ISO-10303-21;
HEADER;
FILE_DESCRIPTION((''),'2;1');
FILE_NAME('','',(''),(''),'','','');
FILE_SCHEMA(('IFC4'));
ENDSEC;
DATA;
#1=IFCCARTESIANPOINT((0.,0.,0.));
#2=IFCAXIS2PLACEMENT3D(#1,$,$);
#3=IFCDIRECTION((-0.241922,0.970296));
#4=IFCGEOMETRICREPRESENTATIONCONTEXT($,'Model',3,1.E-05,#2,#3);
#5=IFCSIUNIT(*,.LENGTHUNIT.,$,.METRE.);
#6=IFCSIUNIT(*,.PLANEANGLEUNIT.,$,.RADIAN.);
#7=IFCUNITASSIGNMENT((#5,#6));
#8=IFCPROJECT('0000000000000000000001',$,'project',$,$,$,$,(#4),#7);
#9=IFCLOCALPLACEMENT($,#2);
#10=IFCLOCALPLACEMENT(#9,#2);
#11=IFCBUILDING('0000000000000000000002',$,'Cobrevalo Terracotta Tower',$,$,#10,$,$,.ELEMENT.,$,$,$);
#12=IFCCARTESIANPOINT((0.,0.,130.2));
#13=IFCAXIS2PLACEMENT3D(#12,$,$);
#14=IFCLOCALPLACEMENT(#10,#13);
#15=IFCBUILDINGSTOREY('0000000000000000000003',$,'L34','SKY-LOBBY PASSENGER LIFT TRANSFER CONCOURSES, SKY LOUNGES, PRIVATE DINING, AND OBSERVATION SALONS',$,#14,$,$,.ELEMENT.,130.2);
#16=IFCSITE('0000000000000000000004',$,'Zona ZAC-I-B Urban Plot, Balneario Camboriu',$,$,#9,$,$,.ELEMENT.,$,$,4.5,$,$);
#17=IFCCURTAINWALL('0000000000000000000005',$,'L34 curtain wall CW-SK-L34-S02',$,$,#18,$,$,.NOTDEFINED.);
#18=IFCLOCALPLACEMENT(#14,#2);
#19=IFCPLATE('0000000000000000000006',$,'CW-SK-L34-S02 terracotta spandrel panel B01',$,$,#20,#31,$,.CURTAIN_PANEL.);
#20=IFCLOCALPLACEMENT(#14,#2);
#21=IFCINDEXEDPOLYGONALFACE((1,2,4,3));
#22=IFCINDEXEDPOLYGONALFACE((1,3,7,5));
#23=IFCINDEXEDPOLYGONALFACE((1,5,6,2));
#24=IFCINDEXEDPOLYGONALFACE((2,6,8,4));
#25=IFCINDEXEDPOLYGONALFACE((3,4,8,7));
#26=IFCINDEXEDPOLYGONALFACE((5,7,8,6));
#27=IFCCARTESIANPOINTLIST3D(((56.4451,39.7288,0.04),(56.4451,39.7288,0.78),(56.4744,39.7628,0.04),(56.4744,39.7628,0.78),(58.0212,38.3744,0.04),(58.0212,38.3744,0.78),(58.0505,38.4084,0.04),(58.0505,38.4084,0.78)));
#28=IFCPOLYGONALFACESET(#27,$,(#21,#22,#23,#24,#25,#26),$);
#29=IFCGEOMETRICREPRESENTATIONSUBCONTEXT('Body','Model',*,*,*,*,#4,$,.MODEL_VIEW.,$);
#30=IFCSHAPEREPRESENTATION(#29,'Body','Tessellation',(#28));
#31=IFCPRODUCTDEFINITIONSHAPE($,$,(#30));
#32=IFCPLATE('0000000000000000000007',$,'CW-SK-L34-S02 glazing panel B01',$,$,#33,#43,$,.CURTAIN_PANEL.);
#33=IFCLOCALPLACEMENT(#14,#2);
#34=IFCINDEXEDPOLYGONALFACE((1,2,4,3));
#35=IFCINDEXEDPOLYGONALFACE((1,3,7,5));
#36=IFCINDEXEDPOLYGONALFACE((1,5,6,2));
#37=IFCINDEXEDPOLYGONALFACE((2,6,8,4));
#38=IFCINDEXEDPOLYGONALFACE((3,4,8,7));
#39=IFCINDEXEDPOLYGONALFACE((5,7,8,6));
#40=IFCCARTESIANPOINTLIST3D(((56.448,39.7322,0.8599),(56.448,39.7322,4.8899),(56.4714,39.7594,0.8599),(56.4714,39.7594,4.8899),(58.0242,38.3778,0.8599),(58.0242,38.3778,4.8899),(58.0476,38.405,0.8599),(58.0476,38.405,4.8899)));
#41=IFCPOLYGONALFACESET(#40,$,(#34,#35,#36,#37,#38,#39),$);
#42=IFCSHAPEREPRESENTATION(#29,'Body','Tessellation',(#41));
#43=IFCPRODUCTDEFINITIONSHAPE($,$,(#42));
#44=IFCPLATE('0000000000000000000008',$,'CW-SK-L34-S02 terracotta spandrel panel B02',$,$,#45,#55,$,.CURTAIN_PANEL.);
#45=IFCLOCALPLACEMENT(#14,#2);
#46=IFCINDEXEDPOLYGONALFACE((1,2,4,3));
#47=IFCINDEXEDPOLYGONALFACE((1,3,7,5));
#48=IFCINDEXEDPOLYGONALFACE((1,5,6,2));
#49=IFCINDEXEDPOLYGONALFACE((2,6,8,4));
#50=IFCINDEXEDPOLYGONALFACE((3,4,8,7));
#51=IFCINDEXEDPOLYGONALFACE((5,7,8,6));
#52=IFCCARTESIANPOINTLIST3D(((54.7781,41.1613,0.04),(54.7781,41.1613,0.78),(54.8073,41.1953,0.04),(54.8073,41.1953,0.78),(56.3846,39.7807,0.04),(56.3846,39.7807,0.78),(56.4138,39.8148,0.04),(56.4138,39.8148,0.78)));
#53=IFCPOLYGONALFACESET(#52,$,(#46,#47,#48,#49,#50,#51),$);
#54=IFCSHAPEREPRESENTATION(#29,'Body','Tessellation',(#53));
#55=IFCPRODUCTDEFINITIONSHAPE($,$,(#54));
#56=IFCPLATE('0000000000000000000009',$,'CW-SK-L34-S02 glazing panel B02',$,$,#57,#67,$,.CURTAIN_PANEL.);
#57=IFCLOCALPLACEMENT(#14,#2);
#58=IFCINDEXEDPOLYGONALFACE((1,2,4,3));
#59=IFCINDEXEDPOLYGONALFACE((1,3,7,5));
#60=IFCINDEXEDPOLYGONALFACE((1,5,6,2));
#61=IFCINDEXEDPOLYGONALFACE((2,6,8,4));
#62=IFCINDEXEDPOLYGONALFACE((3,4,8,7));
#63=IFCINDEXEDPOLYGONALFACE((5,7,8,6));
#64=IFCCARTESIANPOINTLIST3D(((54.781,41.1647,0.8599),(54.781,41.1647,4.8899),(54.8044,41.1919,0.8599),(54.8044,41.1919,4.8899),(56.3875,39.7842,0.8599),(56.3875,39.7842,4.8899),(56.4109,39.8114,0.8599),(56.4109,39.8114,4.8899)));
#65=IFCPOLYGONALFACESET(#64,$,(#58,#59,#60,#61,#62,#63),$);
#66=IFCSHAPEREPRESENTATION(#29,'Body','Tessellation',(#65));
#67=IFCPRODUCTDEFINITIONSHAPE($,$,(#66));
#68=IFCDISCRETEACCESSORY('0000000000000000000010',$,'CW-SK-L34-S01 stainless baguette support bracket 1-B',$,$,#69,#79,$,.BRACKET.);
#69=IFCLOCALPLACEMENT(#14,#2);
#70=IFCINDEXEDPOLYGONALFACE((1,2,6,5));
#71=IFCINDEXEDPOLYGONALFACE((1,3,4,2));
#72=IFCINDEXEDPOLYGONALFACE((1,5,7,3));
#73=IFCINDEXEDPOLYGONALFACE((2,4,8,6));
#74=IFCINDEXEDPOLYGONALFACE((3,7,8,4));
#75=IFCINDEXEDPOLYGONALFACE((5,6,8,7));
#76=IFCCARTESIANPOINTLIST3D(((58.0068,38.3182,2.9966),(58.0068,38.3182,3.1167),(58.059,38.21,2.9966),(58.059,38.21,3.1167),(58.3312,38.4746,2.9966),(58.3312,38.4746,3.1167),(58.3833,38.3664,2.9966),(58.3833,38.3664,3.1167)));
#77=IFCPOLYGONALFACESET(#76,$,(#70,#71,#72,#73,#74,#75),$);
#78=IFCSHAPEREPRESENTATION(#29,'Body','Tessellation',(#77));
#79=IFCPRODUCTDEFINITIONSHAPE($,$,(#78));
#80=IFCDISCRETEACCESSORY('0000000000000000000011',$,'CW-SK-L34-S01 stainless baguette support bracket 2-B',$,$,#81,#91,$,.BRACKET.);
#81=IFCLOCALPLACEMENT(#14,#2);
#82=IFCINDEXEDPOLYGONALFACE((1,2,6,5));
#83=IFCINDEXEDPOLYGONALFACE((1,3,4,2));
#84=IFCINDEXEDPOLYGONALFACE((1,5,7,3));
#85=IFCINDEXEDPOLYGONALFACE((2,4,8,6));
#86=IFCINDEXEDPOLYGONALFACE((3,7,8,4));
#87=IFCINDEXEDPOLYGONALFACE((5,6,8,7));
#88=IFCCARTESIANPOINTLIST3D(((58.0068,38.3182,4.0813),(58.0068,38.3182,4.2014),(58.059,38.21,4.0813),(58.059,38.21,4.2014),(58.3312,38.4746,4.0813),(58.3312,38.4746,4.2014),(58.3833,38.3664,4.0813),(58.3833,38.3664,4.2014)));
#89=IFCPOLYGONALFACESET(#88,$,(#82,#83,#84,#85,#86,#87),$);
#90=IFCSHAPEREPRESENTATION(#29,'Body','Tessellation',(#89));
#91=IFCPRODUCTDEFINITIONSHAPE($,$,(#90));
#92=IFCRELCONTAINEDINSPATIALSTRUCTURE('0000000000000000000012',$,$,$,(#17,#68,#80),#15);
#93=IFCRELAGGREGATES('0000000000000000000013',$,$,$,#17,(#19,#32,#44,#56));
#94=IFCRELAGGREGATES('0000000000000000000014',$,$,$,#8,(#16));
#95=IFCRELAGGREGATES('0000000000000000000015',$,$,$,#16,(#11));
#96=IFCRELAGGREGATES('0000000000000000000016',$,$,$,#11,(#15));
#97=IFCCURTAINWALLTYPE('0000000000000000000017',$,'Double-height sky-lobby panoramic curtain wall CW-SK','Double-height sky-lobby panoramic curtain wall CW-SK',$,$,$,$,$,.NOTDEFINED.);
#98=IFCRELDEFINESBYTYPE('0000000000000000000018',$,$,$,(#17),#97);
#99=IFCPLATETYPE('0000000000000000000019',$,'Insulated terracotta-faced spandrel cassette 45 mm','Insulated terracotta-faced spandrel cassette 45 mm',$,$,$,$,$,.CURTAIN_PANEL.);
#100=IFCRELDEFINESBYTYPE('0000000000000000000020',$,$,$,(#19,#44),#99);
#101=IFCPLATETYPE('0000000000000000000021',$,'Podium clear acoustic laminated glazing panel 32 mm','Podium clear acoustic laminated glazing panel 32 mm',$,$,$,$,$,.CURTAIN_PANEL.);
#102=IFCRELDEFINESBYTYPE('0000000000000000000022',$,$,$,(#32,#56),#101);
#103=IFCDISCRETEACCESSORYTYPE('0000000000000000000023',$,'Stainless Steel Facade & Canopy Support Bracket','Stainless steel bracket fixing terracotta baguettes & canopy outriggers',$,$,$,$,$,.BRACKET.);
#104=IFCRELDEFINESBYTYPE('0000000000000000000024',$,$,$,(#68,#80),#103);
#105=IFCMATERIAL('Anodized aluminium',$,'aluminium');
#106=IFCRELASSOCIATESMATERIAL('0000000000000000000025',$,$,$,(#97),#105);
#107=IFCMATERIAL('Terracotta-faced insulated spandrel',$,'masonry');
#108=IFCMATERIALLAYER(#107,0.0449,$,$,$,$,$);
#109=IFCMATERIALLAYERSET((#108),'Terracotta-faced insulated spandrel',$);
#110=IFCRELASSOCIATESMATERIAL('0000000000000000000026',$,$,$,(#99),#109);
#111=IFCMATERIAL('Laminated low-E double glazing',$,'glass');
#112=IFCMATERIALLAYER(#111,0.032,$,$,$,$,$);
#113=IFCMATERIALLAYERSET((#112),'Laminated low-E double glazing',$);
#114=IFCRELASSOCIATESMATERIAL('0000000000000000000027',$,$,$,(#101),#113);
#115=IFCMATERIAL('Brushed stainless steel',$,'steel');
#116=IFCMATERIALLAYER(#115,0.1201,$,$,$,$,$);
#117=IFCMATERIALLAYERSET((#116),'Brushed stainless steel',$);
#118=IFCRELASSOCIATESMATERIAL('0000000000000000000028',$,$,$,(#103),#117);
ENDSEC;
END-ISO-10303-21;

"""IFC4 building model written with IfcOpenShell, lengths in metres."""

from ifc_helpers import new_model, si_unit, direction, frame, origin, origin_2d, place, context, subcontext, project, spatial, rectangle, extrude, source, transform, mapped, material, layer, layer_set, type_object, element, aggregate, save


model = new_model("IFC4")

# Units and contexts
model_context = context("Model", 3, precision=1e-05, world=origin(), true_north=direction((-0.241922, 0.970296)))
body_context = subcontext(model_context, "Body", "Model", "MODEL_VIEW")
ifc_project = project(units=[si_unit("LENGTHUNIT", "METRE"), si_unit("PLANEANGLEUNIT", "RADIAN")], contexts=[model_context])

# Site, building, storey
site_placement = place(None, origin())
site = spatial("IfcSite", under=ifc_project, at=site_placement, Name="Zona ZAC-I-B Urban Plot, Balneario Camboriu", CompositionType="ELEMENT", RefElevation=4.5)
building_placement = place(site_placement, origin())
building = spatial("IfcBuilding", under=site, at=building_placement, Name="Cobrevalo Terracotta Tower", CompositionType="ELEMENT")
storey_placement = place(building_placement, frame((0.0, 0.0, 130.2)))
storey = spatial("IfcBuildingStorey", under=building, at=storey_placement, Name="L34", Description="SKY-LOBBY PASSENGER LIFT TRANSFER CONCOURSES, SKY LOUNGES, PRIVATE DINING, AND OBSERVATION SALONS", CompositionType="ELEMENT", Elevation=130.2)

# Curtain wall
ifc_material_1 = material(Name="Anodized aluminium", Category="aluminium")
curtain_wall_type = type_object("IfcCurtainWallType", Name="Double-height sky-lobby panoramic curtain wall CW-SK", Description="Double-height sky-lobby panoramic curtain wall CW-SK", PredefinedType="NOTDEFINED", material=ifc_material_1)
curtain_wall_1_placement = place(storey_placement, origin())
curtain_wall_1 = element("IfcCurtainWall", 1, at=curtain_wall_1_placement, inside=storey, type_object=curtain_wall_type, Name="L34 curtain wall CW-SK-L34-S02", PredefinedType="NOTDEFINED")

# Plates
ifc_material_2 = material(Name="Terracotta-faced insulated spandrel", Category="masonry")
ifc_layer_1 = layer(ifc_material_2, 0.0449)
ifc_layer_set_1 = layer_set([ifc_layer_1], Name="Terracotta-faced insulated spandrel")
plate_type_1 = type_object("IfcPlateType", Name="Insulated terracotta-faced spandrel cassette 45 mm", Description="Insulated terracotta-faced spandrel cassette 45 mm", PredefinedType="CURTAIN_PANEL", material=ifc_layer_set_1)
ifc_material_3 = material(Name="Laminated low-E double glazing", Category="glass")
ifc_layer_2 = layer(ifc_material_3, 0.032)
ifc_layer_set_2 = layer_set([ifc_layer_2], Name="Laminated low-E double glazing")
plate_type_2 = type_object("IfcPlateType", Name="Podium clear acoustic laminated glazing panel 32 mm", Description="Podium clear acoustic laminated glazing panel 32 mm", PredefinedType="CURTAIN_PANEL", material=ifc_layer_set_2)
shared_shape_1 = source(origin(), body_context, "Body", "SweptSolid", [
    extrude(rectangle(XDim=2.0781, YDim=0.0449, at=origin_2d()), origin(), (0.0, 0.0, 1.0), 0.74),
])
plate_1_placement = place(storey_placement, frame((57.2478, 39.0686, 0.04), z_axis=(0.0, 0.0, 1.0), x_axis=(-0.758437, 0.651746, 0.0)))
plate_1 = element("IfcPlate", 2, at=plate_1_placement, type_object=plate_type_1, Name="CW-SK-L34-S02 terracotta spandrel panel B01", PredefinedType="CURTAIN_PANEL", context=body_context, shape_type="MappedRepresentation", body=[
    mapped(shared_shape_1, transform((0.0, 0.0, 0.0), scale=1.0)),
])
shared_shape_2 = source(origin(), body_context, "Body", "SweptSolid", [
    extrude(rectangle(XDim=2.0781, YDim=0.0359, at=origin_2d()), origin(), (0.0, 0.0, 1.0), 4.03),
])
plate_2_placement = place(storey_placement, frame((57.2478, 39.0686, 0.8599), z_axis=(0.0, 0.0, 1.0), x_axis=(-0.758437, 0.651746, 0.0)))
plate_2 = element("IfcPlate", 3, at=plate_2_placement, type_object=plate_type_2, Name="CW-SK-L34-S02 glazing panel B01", PredefinedType="CURTAIN_PANEL", context=body_context, shape_type="MappedRepresentation", body=[
    mapped(shared_shape_2, transform((0.0, 0.0, 0.0), scale=1.0)),
])
shared_shape_3 = source(origin(), body_context, "Body", "SweptSolid", [
    extrude(rectangle(XDim=2.1182, YDim=0.0449, at=origin_2d()), origin(), (0.0, 0.0, 1.0), 0.74),
])
plate_3_placement = place(storey_placement, frame((55.5959, 40.488, 0.04), z_axis=(0.0, 0.0, 1.0), x_axis=(-0.758437, 0.651746, 0.0)))
plate_3 = element("IfcPlate", 4, at=plate_3_placement, type_object=plate_type_1, Name="CW-SK-L34-S02 terracotta spandrel panel B02", PredefinedType="CURTAIN_PANEL", context=body_context, shape_type="MappedRepresentation", body=[
    mapped(shared_shape_3, transform((0.0, 0.0, 0.0), scale=1.0)),
])
shared_shape_4 = source(origin(), body_context, "Body", "SweptSolid", [
    extrude(rectangle(XDim=2.1182, YDim=0.0359, at=origin_2d()), origin(), (0.0, 0.0, 1.0), 4.03),
])
plate_4_placement = place(storey_placement, frame((55.5959, 40.488, 0.8599), z_axis=(0.0, 0.0, 1.0), x_axis=(-0.758437, 0.651746, 0.0)))
plate_4 = element("IfcPlate", 5, at=plate_4_placement, type_object=plate_type_2, Name="CW-SK-L34-S02 glazing panel B02", PredefinedType="CURTAIN_PANEL", context=body_context, shape_type="MappedRepresentation", body=[
    mapped(shared_shape_4, transform((0.0, 0.0, 0.0), scale=1.0)),
])
aggregate(curtain_wall_1, [plate_1, plate_2, plate_3, plate_4])

# Discrete accessories
ifc_material_4 = material(Name="Brushed stainless steel", Category="steel")
ifc_layer_3 = layer(ifc_material_4, 0.1201)
ifc_layer_set_3 = layer_set([ifc_layer_3], Name="Brushed stainless steel")
discrete_accessory_type = type_object("IfcDiscreteAccessoryType", Name="Stainless Steel Facade & Canopy Support Bracket", Description="Stainless steel bracket fixing terracotta baguettes & canopy outriggers", PredefinedType="BRACKET", material=ifc_layer_set_3)
shared_shape_5 = source(origin(), body_context, "Body", "SweptSolid", [
    extrude(rectangle(XDim=0.1201, YDim=0.3601, at=origin_2d()), origin(), (0.0, 0.0, 1.0), 0.1201),
])
for number, where, z_axis, x_axis, name in (
    (6, (58.1951, 38.3423, 2.9966), (0.0, 0.0, 1.0), (-0.434209, 0.900812, 0.0), "CW-SK-L34-S01 stainless baguette support bracket 1-B"),
    (7, (58.1951, 38.3423, 4.0813), (0.0, 0.0, 1.0), (-0.434209, 0.900812, 0.0), "CW-SK-L34-S01 stainless baguette support bracket 2-B"),
):
    element("IfcDiscreteAccessory", number, at=place(storey_placement, frame(where, z_axis=z_axis, x_axis=x_axis)), inside=storey, type_object=discrete_accessory_type, Name=name, PredefinedType="BRACKET", context=body_context, shape_type="MappedRepresentation", body=[
        mapped(shared_shape_5, transform((0.0, 0.0, 0.0), scale=1.0)),
    ])

save(model, "model.ifc")
